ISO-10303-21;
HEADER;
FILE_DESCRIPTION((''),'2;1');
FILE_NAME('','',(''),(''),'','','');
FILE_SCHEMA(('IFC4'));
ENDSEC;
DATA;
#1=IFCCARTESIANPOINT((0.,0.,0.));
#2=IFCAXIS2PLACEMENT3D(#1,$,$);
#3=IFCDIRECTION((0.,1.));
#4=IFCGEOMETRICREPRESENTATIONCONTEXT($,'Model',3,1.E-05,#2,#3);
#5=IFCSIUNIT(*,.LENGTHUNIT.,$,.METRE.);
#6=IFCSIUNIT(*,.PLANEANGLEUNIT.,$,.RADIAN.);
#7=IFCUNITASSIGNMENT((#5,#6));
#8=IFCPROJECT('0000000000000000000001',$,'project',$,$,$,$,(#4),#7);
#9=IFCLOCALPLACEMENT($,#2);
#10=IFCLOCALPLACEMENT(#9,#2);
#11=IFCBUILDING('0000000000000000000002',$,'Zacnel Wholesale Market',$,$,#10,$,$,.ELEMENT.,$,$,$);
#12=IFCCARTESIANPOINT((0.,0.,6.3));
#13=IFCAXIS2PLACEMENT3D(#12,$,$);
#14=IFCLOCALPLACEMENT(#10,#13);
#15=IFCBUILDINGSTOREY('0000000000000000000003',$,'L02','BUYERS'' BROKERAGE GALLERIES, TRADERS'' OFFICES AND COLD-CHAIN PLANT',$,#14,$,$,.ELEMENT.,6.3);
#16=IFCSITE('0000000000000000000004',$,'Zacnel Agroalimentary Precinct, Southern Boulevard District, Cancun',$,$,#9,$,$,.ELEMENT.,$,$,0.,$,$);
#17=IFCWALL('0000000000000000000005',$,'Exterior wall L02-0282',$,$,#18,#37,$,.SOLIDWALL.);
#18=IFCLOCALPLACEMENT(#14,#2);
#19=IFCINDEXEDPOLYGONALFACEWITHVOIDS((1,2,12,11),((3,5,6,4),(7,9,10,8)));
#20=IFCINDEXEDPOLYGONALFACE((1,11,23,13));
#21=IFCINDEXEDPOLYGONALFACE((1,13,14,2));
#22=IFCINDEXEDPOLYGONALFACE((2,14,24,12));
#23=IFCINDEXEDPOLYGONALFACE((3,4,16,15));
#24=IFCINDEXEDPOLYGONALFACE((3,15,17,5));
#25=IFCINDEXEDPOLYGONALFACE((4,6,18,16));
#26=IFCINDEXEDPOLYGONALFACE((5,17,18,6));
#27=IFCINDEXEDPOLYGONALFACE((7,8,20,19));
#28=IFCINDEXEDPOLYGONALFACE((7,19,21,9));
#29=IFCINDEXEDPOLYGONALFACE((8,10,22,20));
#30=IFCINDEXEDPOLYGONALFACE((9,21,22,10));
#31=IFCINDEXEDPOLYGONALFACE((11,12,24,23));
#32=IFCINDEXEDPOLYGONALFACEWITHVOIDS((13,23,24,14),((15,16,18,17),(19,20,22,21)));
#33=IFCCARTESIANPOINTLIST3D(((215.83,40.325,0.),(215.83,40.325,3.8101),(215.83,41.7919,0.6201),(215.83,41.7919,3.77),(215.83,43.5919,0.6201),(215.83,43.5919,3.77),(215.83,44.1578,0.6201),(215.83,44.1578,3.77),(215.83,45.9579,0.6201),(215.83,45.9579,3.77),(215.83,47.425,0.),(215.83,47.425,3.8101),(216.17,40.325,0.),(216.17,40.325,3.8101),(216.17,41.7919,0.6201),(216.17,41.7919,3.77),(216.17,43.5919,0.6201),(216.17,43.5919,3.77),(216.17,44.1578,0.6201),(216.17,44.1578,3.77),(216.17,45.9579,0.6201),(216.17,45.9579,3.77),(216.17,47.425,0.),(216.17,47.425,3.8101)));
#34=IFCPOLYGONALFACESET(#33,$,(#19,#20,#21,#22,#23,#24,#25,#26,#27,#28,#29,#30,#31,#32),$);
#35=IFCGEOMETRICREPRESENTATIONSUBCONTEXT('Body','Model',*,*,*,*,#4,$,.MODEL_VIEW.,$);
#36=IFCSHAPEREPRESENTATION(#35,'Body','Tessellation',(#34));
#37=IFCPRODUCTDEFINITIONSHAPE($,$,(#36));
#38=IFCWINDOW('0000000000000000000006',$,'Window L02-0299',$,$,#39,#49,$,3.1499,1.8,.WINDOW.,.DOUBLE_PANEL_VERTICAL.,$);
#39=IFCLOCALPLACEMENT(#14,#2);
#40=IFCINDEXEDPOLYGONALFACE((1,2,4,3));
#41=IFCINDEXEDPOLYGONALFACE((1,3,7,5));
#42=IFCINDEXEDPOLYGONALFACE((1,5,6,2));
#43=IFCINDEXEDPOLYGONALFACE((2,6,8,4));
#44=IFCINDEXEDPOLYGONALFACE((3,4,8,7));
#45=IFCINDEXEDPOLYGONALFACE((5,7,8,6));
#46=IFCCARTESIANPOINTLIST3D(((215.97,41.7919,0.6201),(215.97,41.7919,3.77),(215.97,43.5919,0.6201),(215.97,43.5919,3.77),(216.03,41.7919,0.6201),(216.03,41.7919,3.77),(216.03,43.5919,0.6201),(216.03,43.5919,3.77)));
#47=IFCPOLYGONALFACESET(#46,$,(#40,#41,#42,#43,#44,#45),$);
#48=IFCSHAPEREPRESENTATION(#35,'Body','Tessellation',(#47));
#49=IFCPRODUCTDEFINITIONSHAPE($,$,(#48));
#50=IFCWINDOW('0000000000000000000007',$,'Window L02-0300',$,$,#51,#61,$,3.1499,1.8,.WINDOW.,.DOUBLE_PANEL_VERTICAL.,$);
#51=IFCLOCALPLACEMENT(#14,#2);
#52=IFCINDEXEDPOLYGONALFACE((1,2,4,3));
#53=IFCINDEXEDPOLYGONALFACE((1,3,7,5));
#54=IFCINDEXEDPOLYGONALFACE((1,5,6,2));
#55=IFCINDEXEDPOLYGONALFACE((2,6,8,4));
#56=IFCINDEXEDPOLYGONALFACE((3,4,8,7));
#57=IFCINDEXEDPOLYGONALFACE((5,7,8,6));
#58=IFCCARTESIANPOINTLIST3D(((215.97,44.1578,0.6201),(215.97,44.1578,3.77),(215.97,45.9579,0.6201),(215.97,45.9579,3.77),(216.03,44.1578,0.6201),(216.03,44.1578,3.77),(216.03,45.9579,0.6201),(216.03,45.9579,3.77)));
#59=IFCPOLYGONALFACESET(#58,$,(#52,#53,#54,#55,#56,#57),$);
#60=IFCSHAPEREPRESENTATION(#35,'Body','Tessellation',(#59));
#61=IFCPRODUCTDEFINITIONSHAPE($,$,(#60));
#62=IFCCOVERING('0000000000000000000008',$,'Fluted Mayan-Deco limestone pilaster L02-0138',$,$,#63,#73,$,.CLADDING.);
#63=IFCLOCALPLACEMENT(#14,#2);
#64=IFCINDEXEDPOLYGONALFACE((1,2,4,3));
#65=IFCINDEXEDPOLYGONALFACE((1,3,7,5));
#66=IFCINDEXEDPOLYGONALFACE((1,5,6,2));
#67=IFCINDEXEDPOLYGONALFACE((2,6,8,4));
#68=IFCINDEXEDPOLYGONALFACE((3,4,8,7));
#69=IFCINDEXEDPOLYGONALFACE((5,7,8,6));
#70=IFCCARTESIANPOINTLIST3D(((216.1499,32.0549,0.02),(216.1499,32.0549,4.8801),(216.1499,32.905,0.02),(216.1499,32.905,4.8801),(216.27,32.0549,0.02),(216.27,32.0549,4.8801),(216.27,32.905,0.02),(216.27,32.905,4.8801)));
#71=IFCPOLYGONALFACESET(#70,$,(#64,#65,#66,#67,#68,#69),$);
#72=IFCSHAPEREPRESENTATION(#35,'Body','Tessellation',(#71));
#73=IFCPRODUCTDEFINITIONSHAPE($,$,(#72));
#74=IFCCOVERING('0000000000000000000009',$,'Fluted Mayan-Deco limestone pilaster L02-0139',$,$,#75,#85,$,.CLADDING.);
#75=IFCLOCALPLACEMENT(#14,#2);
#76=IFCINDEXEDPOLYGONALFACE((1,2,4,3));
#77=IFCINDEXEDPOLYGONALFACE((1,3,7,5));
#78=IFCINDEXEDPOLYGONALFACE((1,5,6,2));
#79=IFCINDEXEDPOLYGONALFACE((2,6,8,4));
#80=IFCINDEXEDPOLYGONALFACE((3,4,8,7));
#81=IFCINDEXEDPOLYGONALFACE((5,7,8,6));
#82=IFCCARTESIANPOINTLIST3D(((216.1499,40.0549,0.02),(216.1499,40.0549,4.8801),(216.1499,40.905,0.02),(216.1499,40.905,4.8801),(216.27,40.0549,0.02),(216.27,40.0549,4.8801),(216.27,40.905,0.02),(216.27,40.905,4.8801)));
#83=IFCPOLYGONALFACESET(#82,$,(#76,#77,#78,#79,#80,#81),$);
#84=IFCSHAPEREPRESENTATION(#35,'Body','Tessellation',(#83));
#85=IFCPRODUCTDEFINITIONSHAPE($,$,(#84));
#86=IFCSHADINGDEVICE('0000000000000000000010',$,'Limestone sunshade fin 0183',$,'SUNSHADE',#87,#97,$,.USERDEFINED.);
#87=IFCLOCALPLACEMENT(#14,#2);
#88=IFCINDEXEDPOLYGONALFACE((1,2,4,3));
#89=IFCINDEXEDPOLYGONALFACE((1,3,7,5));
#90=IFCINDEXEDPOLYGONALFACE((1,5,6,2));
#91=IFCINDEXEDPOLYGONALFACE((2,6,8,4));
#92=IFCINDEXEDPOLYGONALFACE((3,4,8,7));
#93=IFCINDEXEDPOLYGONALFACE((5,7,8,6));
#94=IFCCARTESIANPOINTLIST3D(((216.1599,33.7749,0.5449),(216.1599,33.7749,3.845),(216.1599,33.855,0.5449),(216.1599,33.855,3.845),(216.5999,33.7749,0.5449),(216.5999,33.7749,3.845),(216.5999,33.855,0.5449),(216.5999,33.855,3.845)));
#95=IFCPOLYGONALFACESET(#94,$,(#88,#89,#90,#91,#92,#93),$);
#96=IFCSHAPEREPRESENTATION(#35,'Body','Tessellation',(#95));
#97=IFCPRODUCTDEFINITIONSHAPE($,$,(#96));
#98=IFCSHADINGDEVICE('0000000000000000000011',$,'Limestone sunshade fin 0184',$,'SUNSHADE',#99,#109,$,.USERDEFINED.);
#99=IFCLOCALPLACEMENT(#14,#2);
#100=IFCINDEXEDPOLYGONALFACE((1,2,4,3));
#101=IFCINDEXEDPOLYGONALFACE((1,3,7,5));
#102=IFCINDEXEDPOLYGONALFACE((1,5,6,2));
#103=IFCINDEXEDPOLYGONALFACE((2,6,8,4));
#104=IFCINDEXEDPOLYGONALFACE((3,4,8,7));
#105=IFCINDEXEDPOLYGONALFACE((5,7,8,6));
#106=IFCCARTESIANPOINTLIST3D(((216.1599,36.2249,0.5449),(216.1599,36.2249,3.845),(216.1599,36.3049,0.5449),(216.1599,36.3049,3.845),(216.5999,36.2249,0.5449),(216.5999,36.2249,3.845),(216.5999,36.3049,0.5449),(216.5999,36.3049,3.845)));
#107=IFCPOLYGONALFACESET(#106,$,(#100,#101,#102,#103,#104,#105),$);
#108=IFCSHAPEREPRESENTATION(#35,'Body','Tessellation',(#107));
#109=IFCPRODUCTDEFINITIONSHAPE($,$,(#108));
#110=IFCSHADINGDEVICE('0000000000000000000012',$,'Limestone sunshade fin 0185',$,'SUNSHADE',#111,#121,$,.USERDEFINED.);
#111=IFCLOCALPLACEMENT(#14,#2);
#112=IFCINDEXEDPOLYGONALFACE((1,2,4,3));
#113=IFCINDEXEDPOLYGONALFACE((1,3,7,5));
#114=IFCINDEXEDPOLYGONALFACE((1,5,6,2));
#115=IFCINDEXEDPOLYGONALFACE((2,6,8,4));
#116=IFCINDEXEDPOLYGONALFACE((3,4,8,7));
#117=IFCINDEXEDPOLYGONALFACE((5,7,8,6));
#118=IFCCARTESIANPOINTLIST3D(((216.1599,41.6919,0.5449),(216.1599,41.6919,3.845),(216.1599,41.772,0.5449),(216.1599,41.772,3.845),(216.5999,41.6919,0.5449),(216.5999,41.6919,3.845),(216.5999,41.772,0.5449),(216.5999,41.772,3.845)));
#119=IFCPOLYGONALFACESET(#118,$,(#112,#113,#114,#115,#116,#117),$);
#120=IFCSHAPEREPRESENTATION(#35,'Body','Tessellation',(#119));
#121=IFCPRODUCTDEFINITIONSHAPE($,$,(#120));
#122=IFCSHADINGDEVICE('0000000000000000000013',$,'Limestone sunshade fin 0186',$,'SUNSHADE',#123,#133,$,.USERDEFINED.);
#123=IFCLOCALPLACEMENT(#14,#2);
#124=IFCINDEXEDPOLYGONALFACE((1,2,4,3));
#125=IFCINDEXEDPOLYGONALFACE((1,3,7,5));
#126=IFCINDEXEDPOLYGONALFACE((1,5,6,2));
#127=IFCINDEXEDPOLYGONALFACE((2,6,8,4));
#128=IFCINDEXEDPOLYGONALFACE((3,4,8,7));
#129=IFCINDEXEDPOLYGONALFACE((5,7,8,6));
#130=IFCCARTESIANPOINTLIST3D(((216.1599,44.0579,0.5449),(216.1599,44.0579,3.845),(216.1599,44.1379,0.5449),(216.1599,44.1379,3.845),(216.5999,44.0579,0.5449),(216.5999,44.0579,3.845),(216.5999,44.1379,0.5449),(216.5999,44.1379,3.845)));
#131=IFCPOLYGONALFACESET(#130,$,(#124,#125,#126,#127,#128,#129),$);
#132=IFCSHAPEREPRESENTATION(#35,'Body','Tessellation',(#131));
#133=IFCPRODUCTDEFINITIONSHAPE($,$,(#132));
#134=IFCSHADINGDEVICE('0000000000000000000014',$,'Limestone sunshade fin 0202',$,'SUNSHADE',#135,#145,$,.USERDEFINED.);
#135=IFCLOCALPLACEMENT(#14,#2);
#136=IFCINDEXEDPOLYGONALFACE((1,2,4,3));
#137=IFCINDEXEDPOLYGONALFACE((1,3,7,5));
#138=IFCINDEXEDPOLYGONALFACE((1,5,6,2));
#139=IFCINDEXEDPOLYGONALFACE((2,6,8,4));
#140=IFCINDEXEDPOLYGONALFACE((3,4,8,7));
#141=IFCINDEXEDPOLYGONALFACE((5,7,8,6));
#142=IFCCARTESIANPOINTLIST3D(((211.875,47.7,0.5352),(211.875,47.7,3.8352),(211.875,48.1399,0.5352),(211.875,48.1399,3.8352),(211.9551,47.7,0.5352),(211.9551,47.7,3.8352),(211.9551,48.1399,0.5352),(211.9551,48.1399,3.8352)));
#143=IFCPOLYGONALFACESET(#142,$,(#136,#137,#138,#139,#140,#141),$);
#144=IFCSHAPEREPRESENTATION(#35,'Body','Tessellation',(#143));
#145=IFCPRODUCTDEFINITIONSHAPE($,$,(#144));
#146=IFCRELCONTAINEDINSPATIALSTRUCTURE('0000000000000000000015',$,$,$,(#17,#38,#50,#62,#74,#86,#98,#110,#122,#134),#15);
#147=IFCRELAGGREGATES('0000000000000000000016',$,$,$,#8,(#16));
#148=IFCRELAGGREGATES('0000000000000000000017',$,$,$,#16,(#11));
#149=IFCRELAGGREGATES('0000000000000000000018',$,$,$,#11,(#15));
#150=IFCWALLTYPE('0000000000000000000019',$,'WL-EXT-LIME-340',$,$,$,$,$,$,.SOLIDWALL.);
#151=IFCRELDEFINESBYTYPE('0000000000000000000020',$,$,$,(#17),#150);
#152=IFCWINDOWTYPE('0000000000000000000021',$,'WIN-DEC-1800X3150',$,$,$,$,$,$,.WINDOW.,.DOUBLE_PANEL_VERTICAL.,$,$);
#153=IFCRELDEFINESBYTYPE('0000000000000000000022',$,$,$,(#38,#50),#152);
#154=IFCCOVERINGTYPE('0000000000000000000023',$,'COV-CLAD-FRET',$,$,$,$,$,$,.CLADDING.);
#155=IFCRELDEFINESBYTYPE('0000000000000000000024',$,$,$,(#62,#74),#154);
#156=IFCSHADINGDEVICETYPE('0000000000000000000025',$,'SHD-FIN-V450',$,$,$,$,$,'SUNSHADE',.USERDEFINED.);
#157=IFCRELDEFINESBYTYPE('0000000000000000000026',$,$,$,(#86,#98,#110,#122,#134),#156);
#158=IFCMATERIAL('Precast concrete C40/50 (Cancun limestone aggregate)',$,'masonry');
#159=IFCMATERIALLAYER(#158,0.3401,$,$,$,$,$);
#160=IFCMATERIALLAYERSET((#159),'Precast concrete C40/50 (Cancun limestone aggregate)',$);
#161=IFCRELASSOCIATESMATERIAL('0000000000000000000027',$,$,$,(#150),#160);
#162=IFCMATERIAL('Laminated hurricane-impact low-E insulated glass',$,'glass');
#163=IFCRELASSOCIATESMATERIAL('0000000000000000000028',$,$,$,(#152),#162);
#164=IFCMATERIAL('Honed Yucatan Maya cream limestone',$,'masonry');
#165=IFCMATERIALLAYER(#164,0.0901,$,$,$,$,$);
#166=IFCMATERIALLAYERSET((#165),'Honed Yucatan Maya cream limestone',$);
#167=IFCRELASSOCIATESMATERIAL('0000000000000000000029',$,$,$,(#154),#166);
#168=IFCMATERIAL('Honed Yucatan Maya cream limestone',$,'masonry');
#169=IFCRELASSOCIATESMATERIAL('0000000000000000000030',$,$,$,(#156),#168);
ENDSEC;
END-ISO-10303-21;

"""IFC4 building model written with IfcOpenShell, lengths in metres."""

from ifc_helpers import new_model, si_unit, direction, frame, frame_2d, origin, origin_2d, place, context, subcontext, project, spatial, rectangle, extrude, material, layer, layer_set, type_object, element, fill, save


model = new_model("IFC4")

# Units and contexts
model_context = context("Model", 3, precision=1e-05, world=origin(), true_north=direction((0.0, 1.0)))
body_context = subcontext(model_context, "Body", "Model", "MODEL_VIEW")
ifc_project = project(units=[si_unit("LENGTHUNIT", "METRE"), si_unit("PLANEANGLEUNIT", "RADIAN")], contexts=[model_context])

# Site, building, storey
site_placement = place(None, origin())
site = spatial("IfcSite", under=ifc_project, at=site_placement, Name="Zacnel Agroalimentary Precinct, Southern Boulevard District, Cancun", CompositionType="ELEMENT", RefElevation=0.0)
building_placement = place(site_placement, origin())
building = spatial("IfcBuilding", under=site, at=building_placement, Name="Zacnel Wholesale Market", CompositionType="ELEMENT")
storey_placement = place(building_placement, frame((0.0, 0.0, 6.3)))
storey = spatial("IfcBuildingStorey", under=building, at=storey_placement, Name="L02", Description="BUYERS' BROKERAGE GALLERIES, TRADERS' OFFICES AND COLD-CHAIN PLANT", CompositionType="ELEMENT", Elevation=6.3)

# Wall, openings, windows
ifc_material_1 = material(Name="Precast concrete C40/50 (Cancun limestone aggregate)", Category="masonry")
ifc_layer_1 = layer(ifc_material_1, 0.3401)
ifc_layer_set_1 = layer_set([ifc_layer_1], Name="Precast concrete C40/50 (Cancun limestone aggregate)")
wall_type = type_object("IfcWallType", Name="WL-EXT-LIME-340", PredefinedType="SOLIDWALL", material=ifc_layer_set_1)
ifc_material_2 = material(Name="Laminated hurricane-impact low-E insulated glass", Category="glass")
window_type = type_object("IfcWindowType", Name="WIN-DEC-1800X3150", PartitioningType="DOUBLE_PANEL_VERTICAL", PredefinedType="WINDOW", material=ifc_material_2)
wall_1_placement = place(storey_placement, frame((216.0, 40.325, 0.0), z_axis=(0.0, 0.0, 1.0), x_axis=(0.0, 1.0, 0.0)))
wall_1 = element("IfcWall", 1, at=wall_1_placement, inside=storey, type_object=wall_type, Name="Exterior wall L02-0282", PredefinedType="SOLIDWALL", context=body_context, shape_type="SweptSolid", body=[
    extrude(rectangle(XDim=7.1001, YDim=0.3401, at=frame_2d((3.55, 0.0))), origin(), (0.0, 0.0, 1.0), 3.8101),
])
opening_1_placement = place(wall_1_placement, frame((1.467, 0.0, 0.6201)))
opening_1 = element("IfcOpeningElement", 2, at=opening_1_placement, cuts=wall_1, PredefinedType="OPENING", context=body_context, shape_type="SweptSolid", body=[
    extrude(rectangle(XDim=1.8, YDim=3.1499, at=frame_2d((0.8999, 1.575))), frame((0.0, 0.1799, 0.0), z_axis=(0.0, -1.0, 0.0), x_axis=(1.0, 0.0, 0.0)), (0.0, 0.0, 1.0), 0.3601),
])
opening_2_placement = place(wall_1_placement, frame((3.833, 0.0, 0.6201)))
opening_2 = element("IfcOpeningElement", 3, at=opening_2_placement, cuts=wall_1, PredefinedType="OPENING", context=body_context, shape_type="SweptSolid", body=[
    extrude(rectangle(XDim=1.8, YDim=3.1499, at=frame_2d((0.8999, 1.575))), frame((0.0, 0.1799, 0.0), z_axis=(0.0, -1.0, 0.0), x_axis=(1.0, 0.0, 0.0)), (0.0, 0.0, 1.0), 0.3601),
])
window_1_placement = place(opening_1_placement, origin())
window_1 = element("IfcWindow", 4, at=window_1_placement, inside=storey, type_object=window_type, Name="Window L02-0299", OverallHeight=3.1499, OverallWidth=1.8, PartitioningType="DOUBLE_PANEL_VERTICAL", PredefinedType="WINDOW", context=body_context, shape_type="SweptSolid", body=[
    extrude(rectangle(XDim=1.8, YDim=3.1499, at=frame_2d((0.8999, 1.575))), frame((0.0, 0.03, 0.0), z_axis=(0.0, -1.0, 0.0), x_axis=(1.0, 0.0, 0.0)), (0.0, 0.0, 1.0), 0.0601),
])
fill(opening_1, window_1)
window_2_placement = place(opening_2_placement, origin())
window_2 = element("IfcWindow", 5, at=window_2_placement, inside=storey, type_object=window_type, Name="Window L02-0300", OverallHeight=3.1499, OverallWidth=1.8, PartitioningType="DOUBLE_PANEL_VERTICAL", PredefinedType="WINDOW", context=body_context, shape_type="SweptSolid", body=[
    extrude(rectangle(XDim=1.8, YDim=3.1499, at=frame_2d((0.8999, 1.575))), frame((0.0, 0.03, 0.0), z_axis=(0.0, -1.0, 0.0), x_axis=(1.0, 0.0, 0.0)), (0.0, 0.0, 1.0), 0.0601),
])
fill(opening_2, window_2)

# Coverings
ifc_material_3 = material(Name="Honed Yucatan Maya cream limestone", Category="masonry")
ifc_layer_2 = layer(ifc_material_3, 0.0901)
ifc_layer_set_2 = layer_set([ifc_layer_2], Name="Honed Yucatan Maya cream limestone")
covering_type = type_object("IfcCoveringType", Name="COV-CLAD-FRET", PredefinedType="CLADDING", material=ifc_layer_set_2)
for number, where, z_axis, x_axis, name in (
    (6, (216.21, 32.48, 0.02), (0.0, 0.0, 1.0), (0.0, 1.0, 0.0), "Fluted Mayan-Deco limestone pilaster L02-0138"),
    (7, (216.21, 40.48, 0.02), (0.0, 0.0, 1.0), (0.0, 1.0, 0.0), "Fluted Mayan-Deco limestone pilaster L02-0139"),
):
    element("IfcCovering", number, at=place(storey_placement, frame(where, z_axis=z_axis, x_axis=x_axis)), inside=storey, type_object=covering_type, Name=name, PredefinedType="CLADDING", context=body_context, shape_type="SweptSolid", body=[
        extrude(rectangle(XDim=0.8501, YDim=0.1201, at=origin_2d()), origin(), (0.0, 0.0, 1.0), 4.8601),
    ])

# Shading devices
ifc_material_4 = material(Name="Honed Yucatan Maya cream limestone", Category="masonry")
shading_device_type = type_object("IfcShadingDeviceType", Name="SHD-FIN-V450", ElementType="SUNSHADE", PredefinedType="USERDEFINED", material=ifc_material_4)
for number, where, z_axis, x_axis, name in (
    (8, (216.3799, 33.8149, 0.5449), (0.0, 0.0, 1.0), (0.0, 1.0, 0.0), "Limestone sunshade fin 0183"),
    (9, (216.3799, 36.2649, 0.5449), (0.0, 0.0, 1.0), (0.0, 1.0, 0.0), "Limestone sunshade fin 0184"),
    (10, (216.3799, 41.7319, 0.5449), (0.0, 0.0, 1.0), (0.0, 1.0, 0.0), "Limestone sunshade fin 0185"),
    (11, (216.3799, 44.0979, 0.5449), (0.0, 0.0, 1.0), (0.0, 1.0, 0.0), "Limestone sunshade fin 0186"),
    (12, (211.915, 47.9199, 0.5352), (0.0, 0.0, 1.0), (1.0, 0.0, 0.0), "Limestone sunshade fin 0202"),
):
    element("IfcShadingDevice", number, at=place(storey_placement, frame(where, z_axis=z_axis, x_axis=x_axis)), inside=storey, type_object=shading_device_type, Name=name, ObjectType="SUNSHADE", PredefinedType="USERDEFINED", context=body_context, shape_type="SweptSolid", body=[
        extrude(rectangle(XDim=0.0801, YDim=0.4399, at=origin_2d()), origin(), (0.0, 0.0, 1.0), 3.3),
    ])

save(model, "model.ifc")
